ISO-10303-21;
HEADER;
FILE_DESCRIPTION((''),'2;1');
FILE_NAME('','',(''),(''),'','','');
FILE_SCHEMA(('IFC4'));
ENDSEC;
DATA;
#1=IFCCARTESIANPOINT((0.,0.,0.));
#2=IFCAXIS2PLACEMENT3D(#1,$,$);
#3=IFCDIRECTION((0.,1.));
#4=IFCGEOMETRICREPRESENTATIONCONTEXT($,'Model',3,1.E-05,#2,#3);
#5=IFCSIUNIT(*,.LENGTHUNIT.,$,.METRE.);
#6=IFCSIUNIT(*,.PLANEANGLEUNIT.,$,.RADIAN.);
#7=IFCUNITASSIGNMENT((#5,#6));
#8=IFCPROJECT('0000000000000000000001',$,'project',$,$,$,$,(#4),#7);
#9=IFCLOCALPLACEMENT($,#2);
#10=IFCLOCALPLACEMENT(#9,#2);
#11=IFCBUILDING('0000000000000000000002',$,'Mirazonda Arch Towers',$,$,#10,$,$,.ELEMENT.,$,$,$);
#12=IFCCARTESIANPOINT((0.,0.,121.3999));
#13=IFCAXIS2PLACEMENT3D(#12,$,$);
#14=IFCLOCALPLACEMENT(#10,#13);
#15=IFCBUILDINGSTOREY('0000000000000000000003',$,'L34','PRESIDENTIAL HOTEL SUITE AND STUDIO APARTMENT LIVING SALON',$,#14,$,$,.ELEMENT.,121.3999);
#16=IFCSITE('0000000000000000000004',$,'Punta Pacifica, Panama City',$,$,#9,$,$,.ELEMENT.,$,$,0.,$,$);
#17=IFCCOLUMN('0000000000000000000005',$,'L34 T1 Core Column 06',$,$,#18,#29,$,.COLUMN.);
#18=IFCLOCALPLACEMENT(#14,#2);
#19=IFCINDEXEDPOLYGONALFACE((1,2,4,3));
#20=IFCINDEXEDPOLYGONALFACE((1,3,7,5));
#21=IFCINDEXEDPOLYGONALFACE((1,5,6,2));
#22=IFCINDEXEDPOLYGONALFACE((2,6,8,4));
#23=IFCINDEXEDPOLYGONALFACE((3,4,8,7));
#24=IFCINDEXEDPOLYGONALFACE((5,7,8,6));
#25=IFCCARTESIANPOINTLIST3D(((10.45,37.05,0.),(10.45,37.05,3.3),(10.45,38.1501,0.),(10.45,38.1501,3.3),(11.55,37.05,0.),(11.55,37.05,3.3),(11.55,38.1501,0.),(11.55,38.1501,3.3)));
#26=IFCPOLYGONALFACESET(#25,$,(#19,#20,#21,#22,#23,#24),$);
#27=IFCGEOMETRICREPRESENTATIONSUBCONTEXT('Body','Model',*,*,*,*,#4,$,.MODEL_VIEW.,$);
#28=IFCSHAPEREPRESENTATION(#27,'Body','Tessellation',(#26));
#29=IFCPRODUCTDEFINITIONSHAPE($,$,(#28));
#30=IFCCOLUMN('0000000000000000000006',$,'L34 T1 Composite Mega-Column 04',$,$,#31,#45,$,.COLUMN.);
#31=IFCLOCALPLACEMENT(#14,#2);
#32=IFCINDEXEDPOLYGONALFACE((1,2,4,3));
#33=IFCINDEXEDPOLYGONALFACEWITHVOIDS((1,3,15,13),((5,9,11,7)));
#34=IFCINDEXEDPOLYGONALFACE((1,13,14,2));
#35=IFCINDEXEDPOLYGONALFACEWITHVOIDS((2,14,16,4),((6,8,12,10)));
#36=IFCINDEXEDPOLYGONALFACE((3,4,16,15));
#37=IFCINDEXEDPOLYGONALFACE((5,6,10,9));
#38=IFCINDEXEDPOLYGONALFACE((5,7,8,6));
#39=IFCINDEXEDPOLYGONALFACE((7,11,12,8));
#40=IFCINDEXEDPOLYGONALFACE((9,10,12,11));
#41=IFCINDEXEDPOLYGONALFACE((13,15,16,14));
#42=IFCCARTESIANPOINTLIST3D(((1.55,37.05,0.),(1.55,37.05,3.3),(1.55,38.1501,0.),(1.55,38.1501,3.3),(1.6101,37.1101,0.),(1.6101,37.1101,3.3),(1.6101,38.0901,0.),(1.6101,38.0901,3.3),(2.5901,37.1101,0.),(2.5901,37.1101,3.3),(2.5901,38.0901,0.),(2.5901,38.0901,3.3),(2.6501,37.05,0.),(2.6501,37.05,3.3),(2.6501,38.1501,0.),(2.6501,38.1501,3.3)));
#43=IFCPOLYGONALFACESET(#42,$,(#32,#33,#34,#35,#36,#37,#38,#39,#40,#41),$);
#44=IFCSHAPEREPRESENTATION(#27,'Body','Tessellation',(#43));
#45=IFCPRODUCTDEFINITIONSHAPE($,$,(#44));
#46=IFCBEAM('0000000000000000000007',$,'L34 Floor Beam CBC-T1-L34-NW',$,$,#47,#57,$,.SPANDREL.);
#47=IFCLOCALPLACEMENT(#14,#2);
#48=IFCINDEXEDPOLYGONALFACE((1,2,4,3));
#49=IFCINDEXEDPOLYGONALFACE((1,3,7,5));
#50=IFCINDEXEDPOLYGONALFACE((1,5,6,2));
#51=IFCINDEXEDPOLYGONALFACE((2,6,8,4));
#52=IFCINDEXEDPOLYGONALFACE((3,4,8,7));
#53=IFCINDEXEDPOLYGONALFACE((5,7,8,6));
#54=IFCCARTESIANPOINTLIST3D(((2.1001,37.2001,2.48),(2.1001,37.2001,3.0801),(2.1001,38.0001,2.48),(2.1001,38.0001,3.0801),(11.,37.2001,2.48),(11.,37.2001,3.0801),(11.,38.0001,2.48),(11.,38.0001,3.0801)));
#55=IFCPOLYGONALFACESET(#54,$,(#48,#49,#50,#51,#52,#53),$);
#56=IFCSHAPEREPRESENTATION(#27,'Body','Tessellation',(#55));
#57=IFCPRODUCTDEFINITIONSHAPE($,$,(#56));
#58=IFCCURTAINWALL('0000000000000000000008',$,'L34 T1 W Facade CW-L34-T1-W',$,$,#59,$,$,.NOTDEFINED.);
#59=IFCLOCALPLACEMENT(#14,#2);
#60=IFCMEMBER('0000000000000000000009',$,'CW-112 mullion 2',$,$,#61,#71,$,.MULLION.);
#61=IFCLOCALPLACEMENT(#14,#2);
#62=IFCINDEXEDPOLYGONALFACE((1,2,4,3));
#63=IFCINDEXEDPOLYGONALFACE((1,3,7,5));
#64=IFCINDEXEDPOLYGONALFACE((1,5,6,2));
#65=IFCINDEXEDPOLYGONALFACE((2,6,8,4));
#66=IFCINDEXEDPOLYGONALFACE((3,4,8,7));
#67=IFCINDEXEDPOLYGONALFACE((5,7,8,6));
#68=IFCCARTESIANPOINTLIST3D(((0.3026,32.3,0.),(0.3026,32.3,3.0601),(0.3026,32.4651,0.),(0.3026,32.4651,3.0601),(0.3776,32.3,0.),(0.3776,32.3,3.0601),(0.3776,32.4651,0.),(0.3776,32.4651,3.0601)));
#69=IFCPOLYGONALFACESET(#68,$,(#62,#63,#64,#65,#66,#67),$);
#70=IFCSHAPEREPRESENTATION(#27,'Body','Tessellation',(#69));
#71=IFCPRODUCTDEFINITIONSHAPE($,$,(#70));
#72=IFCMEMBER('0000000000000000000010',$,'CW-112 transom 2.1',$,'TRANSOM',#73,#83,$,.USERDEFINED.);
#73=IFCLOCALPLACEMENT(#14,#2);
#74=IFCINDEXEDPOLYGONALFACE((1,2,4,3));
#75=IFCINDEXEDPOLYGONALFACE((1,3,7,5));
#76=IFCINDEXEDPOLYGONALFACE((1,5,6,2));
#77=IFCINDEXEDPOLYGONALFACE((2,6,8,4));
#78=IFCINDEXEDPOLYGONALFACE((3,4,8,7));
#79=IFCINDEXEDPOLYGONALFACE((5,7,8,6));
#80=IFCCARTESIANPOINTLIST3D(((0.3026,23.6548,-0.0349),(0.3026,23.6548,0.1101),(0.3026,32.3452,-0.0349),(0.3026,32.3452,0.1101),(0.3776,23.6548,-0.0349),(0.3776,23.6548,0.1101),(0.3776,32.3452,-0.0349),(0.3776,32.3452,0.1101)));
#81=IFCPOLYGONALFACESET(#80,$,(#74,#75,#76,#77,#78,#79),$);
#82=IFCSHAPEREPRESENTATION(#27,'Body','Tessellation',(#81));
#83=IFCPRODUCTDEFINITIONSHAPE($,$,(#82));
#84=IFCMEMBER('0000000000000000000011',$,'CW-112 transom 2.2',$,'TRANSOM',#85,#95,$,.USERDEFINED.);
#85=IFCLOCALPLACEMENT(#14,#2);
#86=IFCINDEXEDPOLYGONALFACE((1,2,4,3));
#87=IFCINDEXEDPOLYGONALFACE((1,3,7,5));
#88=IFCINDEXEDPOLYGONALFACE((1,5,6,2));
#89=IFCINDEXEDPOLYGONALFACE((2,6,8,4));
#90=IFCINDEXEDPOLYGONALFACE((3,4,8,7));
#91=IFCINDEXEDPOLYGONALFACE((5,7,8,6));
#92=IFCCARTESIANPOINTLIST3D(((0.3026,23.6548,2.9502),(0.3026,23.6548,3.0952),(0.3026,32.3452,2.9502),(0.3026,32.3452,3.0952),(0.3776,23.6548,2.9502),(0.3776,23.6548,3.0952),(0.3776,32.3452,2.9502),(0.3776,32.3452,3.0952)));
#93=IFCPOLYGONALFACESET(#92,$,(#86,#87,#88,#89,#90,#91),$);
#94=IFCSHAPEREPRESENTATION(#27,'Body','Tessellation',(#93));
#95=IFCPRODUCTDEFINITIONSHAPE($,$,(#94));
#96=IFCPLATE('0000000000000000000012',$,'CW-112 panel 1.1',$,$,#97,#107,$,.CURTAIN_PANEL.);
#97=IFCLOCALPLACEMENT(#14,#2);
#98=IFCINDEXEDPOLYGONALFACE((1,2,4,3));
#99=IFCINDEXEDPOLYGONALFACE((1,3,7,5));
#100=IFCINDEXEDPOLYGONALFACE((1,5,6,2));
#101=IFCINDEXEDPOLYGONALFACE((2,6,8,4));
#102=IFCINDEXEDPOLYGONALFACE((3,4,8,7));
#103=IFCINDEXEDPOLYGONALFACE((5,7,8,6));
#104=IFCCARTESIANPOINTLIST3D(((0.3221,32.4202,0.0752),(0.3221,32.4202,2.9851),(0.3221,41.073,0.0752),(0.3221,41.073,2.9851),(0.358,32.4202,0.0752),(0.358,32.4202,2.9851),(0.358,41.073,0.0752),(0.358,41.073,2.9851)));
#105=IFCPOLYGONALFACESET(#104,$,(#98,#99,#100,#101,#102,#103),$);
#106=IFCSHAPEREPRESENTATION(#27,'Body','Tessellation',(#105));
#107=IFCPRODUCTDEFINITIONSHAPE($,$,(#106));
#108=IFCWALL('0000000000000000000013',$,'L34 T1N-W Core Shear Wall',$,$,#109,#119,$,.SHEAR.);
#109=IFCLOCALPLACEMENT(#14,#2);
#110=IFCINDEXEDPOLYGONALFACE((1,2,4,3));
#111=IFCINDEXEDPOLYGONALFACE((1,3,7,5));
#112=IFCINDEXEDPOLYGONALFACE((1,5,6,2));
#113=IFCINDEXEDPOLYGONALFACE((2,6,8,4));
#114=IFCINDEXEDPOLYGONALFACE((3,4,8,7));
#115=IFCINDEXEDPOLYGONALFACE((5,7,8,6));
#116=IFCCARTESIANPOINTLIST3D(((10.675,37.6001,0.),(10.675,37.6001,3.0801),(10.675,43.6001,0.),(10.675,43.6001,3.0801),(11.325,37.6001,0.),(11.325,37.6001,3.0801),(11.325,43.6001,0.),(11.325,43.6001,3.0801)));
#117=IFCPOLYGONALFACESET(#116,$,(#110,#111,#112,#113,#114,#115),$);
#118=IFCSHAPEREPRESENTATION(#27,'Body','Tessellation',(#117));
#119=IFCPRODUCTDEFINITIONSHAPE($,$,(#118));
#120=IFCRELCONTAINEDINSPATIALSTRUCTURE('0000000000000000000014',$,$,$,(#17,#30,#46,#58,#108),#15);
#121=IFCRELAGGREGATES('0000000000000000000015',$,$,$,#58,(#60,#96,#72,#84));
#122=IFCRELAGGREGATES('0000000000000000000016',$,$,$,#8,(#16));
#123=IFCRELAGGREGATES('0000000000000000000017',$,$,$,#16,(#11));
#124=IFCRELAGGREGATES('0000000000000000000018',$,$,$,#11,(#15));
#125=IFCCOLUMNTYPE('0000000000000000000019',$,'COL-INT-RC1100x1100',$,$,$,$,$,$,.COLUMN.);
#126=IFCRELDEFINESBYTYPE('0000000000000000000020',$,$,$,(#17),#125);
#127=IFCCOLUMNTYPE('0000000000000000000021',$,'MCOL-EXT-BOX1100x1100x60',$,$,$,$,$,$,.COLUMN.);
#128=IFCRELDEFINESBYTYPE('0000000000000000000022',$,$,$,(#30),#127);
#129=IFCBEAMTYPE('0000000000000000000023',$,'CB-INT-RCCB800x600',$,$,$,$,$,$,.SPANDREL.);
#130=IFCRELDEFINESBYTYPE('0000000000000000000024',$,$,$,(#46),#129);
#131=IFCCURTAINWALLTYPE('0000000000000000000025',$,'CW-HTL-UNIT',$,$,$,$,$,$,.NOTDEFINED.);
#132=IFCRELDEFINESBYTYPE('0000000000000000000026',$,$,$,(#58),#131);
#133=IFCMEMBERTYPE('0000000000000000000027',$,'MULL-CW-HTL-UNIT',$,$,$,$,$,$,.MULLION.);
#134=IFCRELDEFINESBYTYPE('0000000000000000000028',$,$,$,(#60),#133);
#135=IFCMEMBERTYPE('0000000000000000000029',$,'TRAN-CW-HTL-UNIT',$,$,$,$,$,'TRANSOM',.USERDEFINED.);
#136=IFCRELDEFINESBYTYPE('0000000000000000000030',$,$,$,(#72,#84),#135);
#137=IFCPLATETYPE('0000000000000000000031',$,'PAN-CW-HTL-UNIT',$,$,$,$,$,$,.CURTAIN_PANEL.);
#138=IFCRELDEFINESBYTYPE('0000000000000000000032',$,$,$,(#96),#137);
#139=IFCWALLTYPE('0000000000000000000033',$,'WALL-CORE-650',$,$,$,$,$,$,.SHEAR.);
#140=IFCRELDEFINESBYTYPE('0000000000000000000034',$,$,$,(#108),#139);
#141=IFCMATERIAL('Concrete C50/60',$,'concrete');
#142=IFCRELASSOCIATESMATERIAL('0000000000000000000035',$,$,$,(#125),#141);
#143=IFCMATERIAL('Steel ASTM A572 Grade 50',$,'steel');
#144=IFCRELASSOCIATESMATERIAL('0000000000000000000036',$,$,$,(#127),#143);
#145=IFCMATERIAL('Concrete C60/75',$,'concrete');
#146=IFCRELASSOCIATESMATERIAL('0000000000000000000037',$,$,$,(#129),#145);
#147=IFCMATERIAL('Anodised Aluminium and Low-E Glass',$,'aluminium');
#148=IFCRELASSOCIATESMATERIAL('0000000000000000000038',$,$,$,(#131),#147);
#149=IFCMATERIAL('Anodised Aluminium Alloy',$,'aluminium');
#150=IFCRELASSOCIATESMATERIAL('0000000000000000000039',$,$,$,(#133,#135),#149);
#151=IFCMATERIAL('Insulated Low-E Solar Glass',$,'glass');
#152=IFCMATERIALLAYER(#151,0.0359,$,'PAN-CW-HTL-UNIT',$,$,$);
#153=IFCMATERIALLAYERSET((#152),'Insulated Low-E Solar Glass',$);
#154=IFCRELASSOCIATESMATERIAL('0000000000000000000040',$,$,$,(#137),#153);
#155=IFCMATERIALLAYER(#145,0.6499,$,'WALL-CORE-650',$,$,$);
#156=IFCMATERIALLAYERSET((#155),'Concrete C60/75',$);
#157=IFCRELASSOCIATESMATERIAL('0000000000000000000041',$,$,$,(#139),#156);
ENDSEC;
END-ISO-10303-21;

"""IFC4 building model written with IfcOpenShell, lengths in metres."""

from ifc_helpers import new_model, si_unit, direction, frame, frame_2d, origin, origin_2d, place, context, subcontext, project, spatial, rectangle, hollow_rectangle, extrude, material, layer, layer_set, material_profile, profile_set, type_object, element, aggregate, save


model = new_model("IFC4")

# Units and contexts
model_context = context("Model", 3, precision=1e-05, world=origin(), true_north=direction((0.0, 1.0)))
body_context = subcontext(model_context, "Body", "Model", "MODEL_VIEW")
ifc_project = project(units=[si_unit("LENGTHUNIT", "METRE"), si_unit("PLANEANGLEUNIT", "RADIAN")], contexts=[model_context])

# Site, building, storey
site_placement = place(None, origin())
site = spatial("IfcSite", under=ifc_project, at=site_placement, Name="Punta Pacifica, Panama City", CompositionType="ELEMENT", RefElevation=0.0)
building_placement = place(site_placement, origin())
building = spatial("IfcBuilding", under=site, at=building_placement, Name="Mirazonda Arch Towers", CompositionType="ELEMENT")
storey_placement = place(building_placement, frame((0.0, 0.0, 121.3999)))
storey = spatial("IfcBuildingStorey", under=building, at=storey_placement, Name="L34", Description="PRESIDENTIAL HOTEL SUITE AND STUDIO APARTMENT LIVING SALON", CompositionType="ELEMENT", Elevation=121.3999)

# Columns
ifc_material_1 = material(Name="Concrete C50/60", Category="concrete")
ifc_material_profile_1 = material_profile(ifc_material_1, rectangle(XDim=1.1001, YDim=1.1001, at=origin_2d()), Name="RC1100x1100")
ifc_profile_set_1 = profile_set([ifc_material_profile_1], Name="Concrete C50/60")
column_type_1 = type_object("IfcColumnType", Name="COL-INT-RC1100x1100", PredefinedType="COLUMN", material=ifc_profile_set_1)
column_1_placement = place(storey_placement, frame((11.0, 37.6001, 0.0), z_axis=(0.0, 0.0, 1.0), x_axis=(1.0, 0.0, 0.0)))
element("IfcColumn", 1, at=column_1_placement, inside=storey, type_object=column_type_1, Name="L34 T1 Core Column 06", PredefinedType="COLUMN", context=body_context, shape_type="SweptSolid", body=[
    extrude(rectangle(XDim=1.1001, YDim=1.1001, at=origin_2d()), origin(), (0.0, 0.0, 1.0), 3.3),
])
ifc_material_2 = material(Name="Steel ASTM A572 Grade 50", Category="steel")
ifc_material_profile_2 = material_profile(ifc_material_2, hollow_rectangle(XDim=1.1001, YDim=1.1001, WallThickness=0.0601, at=origin_2d()), Name="BOX1100x1100x60")
ifc_profile_set_2 = profile_set([ifc_material_profile_2], Name="Steel ASTM A572 Grade 50")
column_type_2 = type_object("IfcColumnType", Name="MCOL-EXT-BOX1100x1100x60", PredefinedType="COLUMN", material=ifc_profile_set_2)
column_2_placement = place(storey_placement, frame((2.1001, 37.6001, 0.0), z_axis=(0.0, 0.0, 1.0), x_axis=(1.0, 0.0, 0.0)))
element("IfcColumn", 2, at=column_2_placement, inside=storey, type_object=column_type_2, Name="L34 T1 Composite Mega-Column 04", PredefinedType="COLUMN", context=body_context, shape_type="SweptSolid", body=[
    extrude(hollow_rectangle(XDim=1.1001, YDim=1.1001, WallThickness=0.0601, at=origin_2d()), origin(), (0.0, 0.0, 1.0), 3.3),
])

# Beam
ifc_material_3 = material(Name="Concrete C60/75", Category="concrete")
ifc_material_profile_3 = material_profile(ifc_material_3, rectangle(XDim=0.8, YDim=0.6001, at=origin_2d()), Name="RCCB800x600")
ifc_profile_set_3 = profile_set([ifc_material_profile_3], Name="Concrete C60/75")
beam_type = type_object("IfcBeamType", Name="CB-INT-RCCB800x600", PredefinedType="SPANDREL", material=ifc_profile_set_3)
beam_placement = place(storey_placement, frame((2.1001, 37.6001, 2.78), z_axis=(1.0, 0.0, 0.0), x_axis=(0.0, 1.0, 0.0)))
element("IfcBeam", 3, at=beam_placement, inside=storey, type_object=beam_type, Name="L34 Floor Beam CBC-T1-L34-NW", PredefinedType="SPANDREL", context=body_context, shape_type="SweptSolid", body=[
    extrude(rectangle(XDim=0.8, YDim=0.6001, at=origin_2d()), origin(), (0.0, 0.0, 1.0), 8.8999),
])

# Curtain wall, members, plate
ifc_material_4 = material(Name="Anodised Aluminium and Low-E Glass", Category="aluminium")
curtain_wall_type = type_object("IfcCurtainWallType", Name="CW-HTL-UNIT", PredefinedType="NOTDEFINED", material=ifc_material_4)
curtain_wall_placement = place(storey_placement, origin())
curtain_wall = element("IfcCurtainWall", 4, at=curtain_wall_placement, inside=storey, type_object=curtain_wall_type, Name="L34 T1 W Facade CW-L34-T1-W", PredefinedType="NOTDEFINED")
ifc_material_5 = material(Name="Anodised Aluminium Alloy", Category="aluminium")
ifc_material_profile_4 = material_profile(ifc_material_5, rectangle(XDim=0.075, YDim=0.165, at=origin_2d()), Name="ALU-MULL-75x165")
ifc_profile_set_4 = profile_set([ifc_material_profile_4], Name="Anodised Aluminium Alloy")
member_type_1 = type_object("IfcMemberType", Name="MULL-CW-HTL-UNIT", PredefinedType="MULLION", material=ifc_profile_set_4)
member_1_placement = place(storey_placement, frame((0.3401, 32.3826, 0.0), z_axis=(0.0, 0.0, 1.0), x_axis=(1.0, 0.0, 0.0)))
member_1 = element("IfcMember", 5, at=member_1_placement, type_object=member_type_1, Name="CW-112 mullion 2", PredefinedType="MULLION", context=body_context, shape_type="SweptSolid", body=[
    extrude(rectangle(XDim=0.075, YDim=0.165, at=origin_2d()), origin(), (0.0, 0.0, 1.0), 3.0601),
])
ifc_material_profile_5 = material_profile(ifc_material_5, rectangle(XDim=0.075, YDim=0.145, at=origin_2d()), Name="ALU-TRAN-75x145")
ifc_profile_set_5 = profile_set([ifc_material_profile_5], Name="Anodised Aluminium Alloy")
member_type_2 = type_object("IfcMemberType", Name="TRAN-CW-HTL-UNIT", ElementType="TRANSOM", PredefinedType="USERDEFINED", material=ifc_profile_set_5)
member_2_placement = place(storey_placement, frame((0.3401, 32.3452, 0.0376), z_axis=(0.0, -1.0, 0.0), x_axis=(1.0, 0.0, 0.0)))
member_2 = element("IfcMember", 6, at=member_2_placement, type_object=member_type_2, Name="CW-112 transom 2.1", ObjectType="TRANSOM", PredefinedType="USERDEFINED", context=body_context, shape_type="SweptSolid", body=[
    extrude(rectangle(XDim=0.075, YDim=0.145, at=origin_2d()), origin(), (0.0, 0.0, 1.0), 8.6904),
])
member_3_placement = place(storey_placement, frame((0.3401, 32.3452, 3.0227), z_axis=(0.0, -1.0, 0.0), x_axis=(1.0, 0.0, 0.0)))
member_3 = element("IfcMember", 7, at=member_3_placement, type_object=member_type_2, Name="CW-112 transom 2.2", ObjectType="TRANSOM", PredefinedType="USERDEFINED", context=body_context, shape_type="SweptSolid", body=[
    extrude(rectangle(XDim=0.075, YDim=0.145, at=origin_2d()), origin(), (0.0, 0.0, 1.0), 8.6904),
])
ifc_material_6 = material(Name="Insulated Low-E Solar Glass", Category="glass")
ifc_layer_1 = layer(ifc_material_6, 0.0359, Name="PAN-CW-HTL-UNIT")
ifc_layer_set_1 = layer_set([ifc_layer_1], Name="Insulated Low-E Solar Glass")
plate_type = type_object("IfcPlateType", Name="PAN-CW-HTL-UNIT", PredefinedType="CURTAIN_PANEL", material=ifc_layer_set_1)
plate_placement = place(storey_placement, frame((0.3401, 36.7466, 0.0752), z_axis=(0.0, 0.0, 1.0), x_axis=(0.0, -1.0, 0.0)))
plate = element("IfcPlate", 8, at=plate_placement, type_object=plate_type, Name="CW-112 panel 1.1", PredefinedType="CURTAIN_PANEL", context=body_context, shape_type="SweptSolid", body=[
    extrude(rectangle(XDim=8.6528, YDim=0.0359, at=origin_2d()), origin(), (0.0, 0.0, 1.0), 2.9099),
])
aggregate(curtain_wall, [member_1, plate, member_2, member_3])

# Wall
ifc_layer_2 = layer(ifc_material_3, 0.6499, Name="WALL-CORE-650")
ifc_layer_set_2 = layer_set([ifc_layer_2], Name="Concrete C60/75")
wall_type_1 = type_object("IfcWallType", Name="WALL-CORE-650", PredefinedType="SHEAR", material=ifc_layer_set_2)
wall_1_placement = place(storey_placement, frame((11.0, 37.6001, 0.0), z_axis=(0.0, 0.0, 1.0), x_axis=(0.0, 1.0, 0.0)))
element("IfcWall", 9, at=wall_1_placement, inside=storey, type_object=wall_type_1, Name="L34 T1N-W Core Shear Wall", PredefinedType="SHEAR", context=body_context, shape_type="SweptSolid", body=[
    extrude(rectangle(XDim=6.0, YDim=0.6499, at=frame_2d((3.0, 0.0))), origin(), (0.0, 0.0, 1.0), 3.0801),
])

save(model, "model.ifc")
